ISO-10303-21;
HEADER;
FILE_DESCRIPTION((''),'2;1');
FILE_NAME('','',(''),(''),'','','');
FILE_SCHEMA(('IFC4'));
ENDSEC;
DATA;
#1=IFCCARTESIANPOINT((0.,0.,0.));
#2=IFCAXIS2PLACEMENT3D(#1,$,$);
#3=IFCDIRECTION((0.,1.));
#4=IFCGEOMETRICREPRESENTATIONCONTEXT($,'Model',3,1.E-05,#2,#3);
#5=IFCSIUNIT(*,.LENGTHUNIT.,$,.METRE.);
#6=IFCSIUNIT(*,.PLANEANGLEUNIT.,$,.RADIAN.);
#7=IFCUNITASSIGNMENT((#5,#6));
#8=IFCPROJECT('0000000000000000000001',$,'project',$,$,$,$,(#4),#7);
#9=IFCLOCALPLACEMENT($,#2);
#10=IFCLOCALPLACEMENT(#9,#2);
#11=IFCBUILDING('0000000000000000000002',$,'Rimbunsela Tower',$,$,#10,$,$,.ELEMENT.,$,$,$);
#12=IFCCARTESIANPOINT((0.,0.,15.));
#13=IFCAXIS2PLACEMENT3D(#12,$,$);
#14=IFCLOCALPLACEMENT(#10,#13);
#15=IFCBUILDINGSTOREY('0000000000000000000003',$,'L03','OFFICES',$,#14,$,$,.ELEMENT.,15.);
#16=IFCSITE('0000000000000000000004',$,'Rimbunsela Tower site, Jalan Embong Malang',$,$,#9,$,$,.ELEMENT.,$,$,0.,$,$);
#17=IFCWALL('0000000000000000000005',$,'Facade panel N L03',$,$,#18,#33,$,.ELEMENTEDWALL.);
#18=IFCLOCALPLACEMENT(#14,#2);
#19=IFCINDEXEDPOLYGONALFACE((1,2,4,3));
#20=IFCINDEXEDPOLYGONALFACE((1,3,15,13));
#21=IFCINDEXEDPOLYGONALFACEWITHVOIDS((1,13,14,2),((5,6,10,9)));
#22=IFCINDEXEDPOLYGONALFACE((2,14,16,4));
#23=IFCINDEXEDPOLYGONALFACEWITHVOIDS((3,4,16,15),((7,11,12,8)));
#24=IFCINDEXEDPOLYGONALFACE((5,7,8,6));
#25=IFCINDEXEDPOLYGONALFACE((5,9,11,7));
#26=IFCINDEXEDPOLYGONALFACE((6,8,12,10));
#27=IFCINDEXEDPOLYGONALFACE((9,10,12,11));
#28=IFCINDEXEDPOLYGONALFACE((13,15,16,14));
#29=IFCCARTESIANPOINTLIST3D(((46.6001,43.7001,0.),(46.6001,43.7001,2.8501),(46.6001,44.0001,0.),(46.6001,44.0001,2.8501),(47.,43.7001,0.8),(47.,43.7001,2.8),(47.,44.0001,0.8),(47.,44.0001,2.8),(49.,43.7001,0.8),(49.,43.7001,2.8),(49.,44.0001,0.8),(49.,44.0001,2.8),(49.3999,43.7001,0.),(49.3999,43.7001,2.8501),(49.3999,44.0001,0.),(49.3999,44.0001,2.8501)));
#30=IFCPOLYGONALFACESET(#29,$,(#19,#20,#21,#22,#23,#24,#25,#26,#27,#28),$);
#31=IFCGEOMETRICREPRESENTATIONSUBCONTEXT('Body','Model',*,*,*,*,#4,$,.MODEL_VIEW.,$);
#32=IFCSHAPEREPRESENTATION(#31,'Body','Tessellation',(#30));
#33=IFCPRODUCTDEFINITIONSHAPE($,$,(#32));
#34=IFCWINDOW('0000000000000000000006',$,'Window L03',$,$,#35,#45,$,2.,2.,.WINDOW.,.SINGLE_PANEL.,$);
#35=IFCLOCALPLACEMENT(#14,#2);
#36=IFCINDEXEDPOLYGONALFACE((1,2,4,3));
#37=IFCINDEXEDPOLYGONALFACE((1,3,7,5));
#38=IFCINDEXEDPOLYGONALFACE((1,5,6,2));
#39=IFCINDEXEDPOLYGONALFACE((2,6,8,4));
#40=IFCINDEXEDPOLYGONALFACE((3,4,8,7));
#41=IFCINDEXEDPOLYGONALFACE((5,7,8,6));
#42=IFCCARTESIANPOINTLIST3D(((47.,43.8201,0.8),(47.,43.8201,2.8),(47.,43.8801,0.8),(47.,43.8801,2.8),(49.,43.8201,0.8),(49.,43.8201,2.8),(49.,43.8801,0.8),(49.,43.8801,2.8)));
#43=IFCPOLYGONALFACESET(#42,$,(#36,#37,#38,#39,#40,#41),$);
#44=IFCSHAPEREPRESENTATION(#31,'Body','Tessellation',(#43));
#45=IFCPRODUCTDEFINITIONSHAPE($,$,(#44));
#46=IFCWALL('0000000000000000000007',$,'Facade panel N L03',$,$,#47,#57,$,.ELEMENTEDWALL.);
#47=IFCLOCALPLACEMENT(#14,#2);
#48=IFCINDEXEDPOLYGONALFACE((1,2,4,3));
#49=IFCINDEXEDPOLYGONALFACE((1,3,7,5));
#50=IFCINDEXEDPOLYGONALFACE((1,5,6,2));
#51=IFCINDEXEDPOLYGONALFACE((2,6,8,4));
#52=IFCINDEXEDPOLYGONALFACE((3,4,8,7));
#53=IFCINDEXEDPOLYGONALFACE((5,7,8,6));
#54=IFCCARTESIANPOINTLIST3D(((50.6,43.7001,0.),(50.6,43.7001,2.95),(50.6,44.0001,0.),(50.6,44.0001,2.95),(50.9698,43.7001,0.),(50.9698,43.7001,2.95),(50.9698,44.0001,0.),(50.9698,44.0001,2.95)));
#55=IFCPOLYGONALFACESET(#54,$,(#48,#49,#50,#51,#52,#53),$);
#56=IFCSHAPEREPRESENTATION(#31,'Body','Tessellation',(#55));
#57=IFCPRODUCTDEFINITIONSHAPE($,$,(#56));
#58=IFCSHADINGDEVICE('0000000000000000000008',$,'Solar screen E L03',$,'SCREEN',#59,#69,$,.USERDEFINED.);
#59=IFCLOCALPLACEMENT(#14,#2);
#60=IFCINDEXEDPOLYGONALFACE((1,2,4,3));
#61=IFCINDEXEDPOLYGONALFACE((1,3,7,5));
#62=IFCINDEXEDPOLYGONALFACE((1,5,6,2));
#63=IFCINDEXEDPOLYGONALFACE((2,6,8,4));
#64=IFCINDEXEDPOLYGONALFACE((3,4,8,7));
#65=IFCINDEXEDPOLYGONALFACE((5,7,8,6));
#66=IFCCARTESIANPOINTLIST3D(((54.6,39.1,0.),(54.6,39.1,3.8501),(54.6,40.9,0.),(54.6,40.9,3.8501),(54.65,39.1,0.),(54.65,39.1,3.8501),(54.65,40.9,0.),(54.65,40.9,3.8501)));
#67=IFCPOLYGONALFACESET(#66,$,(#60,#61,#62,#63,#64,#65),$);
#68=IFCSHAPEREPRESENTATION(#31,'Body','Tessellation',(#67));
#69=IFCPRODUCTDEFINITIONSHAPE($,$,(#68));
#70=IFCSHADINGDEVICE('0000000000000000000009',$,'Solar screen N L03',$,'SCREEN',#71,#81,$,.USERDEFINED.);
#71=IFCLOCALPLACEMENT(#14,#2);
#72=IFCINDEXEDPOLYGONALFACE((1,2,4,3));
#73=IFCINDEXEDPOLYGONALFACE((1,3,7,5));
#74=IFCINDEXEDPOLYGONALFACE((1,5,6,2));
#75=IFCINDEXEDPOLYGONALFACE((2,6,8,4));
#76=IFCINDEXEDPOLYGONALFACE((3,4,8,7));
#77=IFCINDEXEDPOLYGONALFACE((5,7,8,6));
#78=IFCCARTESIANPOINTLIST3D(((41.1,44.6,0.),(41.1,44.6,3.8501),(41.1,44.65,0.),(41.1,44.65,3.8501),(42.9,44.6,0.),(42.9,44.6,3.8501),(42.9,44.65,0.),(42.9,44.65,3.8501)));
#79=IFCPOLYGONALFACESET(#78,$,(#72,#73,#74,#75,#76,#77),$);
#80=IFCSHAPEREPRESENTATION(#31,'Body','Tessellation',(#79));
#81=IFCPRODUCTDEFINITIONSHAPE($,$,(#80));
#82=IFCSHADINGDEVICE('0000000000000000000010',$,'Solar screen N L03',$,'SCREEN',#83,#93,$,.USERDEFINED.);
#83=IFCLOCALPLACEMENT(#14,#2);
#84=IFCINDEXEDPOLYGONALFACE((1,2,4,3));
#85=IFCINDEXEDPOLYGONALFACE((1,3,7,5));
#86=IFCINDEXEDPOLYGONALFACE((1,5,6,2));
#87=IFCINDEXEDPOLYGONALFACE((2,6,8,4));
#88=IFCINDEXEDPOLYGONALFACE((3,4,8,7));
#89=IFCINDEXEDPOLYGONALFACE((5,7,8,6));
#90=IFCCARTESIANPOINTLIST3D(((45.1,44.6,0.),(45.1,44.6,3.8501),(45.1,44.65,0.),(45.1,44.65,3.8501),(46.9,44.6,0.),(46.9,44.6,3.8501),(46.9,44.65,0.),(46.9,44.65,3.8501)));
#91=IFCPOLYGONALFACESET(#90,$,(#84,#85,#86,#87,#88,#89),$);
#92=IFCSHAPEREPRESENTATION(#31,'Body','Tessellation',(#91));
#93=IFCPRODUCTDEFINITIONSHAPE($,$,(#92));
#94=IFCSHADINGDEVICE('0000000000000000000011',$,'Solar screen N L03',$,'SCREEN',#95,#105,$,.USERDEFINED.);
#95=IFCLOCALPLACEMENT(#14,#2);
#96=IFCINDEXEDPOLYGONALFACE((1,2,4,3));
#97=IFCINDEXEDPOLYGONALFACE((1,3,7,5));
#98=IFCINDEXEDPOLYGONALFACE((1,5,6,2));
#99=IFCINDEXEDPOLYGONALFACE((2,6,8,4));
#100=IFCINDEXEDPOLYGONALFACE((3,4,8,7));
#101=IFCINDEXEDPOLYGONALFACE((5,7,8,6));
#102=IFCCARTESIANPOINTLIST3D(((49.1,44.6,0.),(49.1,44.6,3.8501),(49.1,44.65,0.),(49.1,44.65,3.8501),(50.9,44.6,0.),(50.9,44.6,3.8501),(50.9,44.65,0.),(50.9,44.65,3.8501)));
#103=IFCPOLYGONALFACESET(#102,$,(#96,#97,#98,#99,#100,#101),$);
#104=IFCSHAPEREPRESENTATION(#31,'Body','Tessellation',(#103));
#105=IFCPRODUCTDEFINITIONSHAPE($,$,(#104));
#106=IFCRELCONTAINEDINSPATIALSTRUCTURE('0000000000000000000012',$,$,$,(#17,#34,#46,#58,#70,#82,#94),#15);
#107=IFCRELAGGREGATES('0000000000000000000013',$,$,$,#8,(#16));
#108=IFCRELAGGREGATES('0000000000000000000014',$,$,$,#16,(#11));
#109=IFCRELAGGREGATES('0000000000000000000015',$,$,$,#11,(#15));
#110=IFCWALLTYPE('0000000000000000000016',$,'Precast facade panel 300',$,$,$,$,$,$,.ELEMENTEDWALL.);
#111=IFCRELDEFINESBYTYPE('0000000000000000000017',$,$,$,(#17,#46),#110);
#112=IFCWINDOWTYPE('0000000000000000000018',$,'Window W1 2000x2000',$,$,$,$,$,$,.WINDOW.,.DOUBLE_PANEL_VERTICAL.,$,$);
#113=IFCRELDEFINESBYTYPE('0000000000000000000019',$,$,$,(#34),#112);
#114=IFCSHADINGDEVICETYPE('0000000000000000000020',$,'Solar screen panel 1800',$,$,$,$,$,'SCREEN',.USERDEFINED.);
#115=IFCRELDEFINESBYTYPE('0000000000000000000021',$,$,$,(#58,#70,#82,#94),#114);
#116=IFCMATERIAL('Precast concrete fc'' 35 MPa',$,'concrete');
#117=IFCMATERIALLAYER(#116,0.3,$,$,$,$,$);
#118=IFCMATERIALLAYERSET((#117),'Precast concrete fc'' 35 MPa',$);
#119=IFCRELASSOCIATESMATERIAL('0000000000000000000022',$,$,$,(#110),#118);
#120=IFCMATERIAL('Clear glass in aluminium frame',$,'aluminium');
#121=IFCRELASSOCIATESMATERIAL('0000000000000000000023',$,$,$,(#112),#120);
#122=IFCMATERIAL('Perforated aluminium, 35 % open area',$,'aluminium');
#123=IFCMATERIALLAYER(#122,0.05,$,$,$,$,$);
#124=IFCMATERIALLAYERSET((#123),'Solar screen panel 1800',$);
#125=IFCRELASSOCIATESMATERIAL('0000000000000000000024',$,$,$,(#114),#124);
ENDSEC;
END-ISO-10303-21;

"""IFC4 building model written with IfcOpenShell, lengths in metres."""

from ifc_helpers import new_model, si_unit, direction, frame, frame_2d, origin, origin_2d, place, context, subcontext, project, spatial, rectangle, extrude, material, layer, layer_set, type_object, element, fill, save


model = new_model("IFC4")

# Units and contexts
model_context = context("Model", 3, precision=1e-05, world=origin(), true_north=direction((0.0, 1.0)))
body_context = subcontext(model_context, "Body", "Model", "MODEL_VIEW")
ifc_project = project(units=[si_unit("LENGTHUNIT", "METRE"), si_unit("PLANEANGLEUNIT", "RADIAN")], contexts=[model_context])

# Site, building, storey
site_placement = place(None, origin())
site = spatial("IfcSite", under=ifc_project, at=site_placement, Name="Rimbunsela Tower site, Jalan Embong Malang", CompositionType="ELEMENT", RefElevation=0.0)
building_placement = place(site_placement, origin())
building = spatial("IfcBuilding", under=site, at=building_placement, Name="Rimbunsela Tower", CompositionType="ELEMENT")
storey_placement = place(building_placement, frame((0.0, 0.0, 15.0)))
storey = spatial("IfcBuildingStorey", under=building, at=storey_placement, Name="L03", Description="OFFICES", CompositionType="ELEMENT", Elevation=15.0)

# Shared definitions
ifc_material_1 = material(Name="Precast concrete fc' 35 MPa", Category="concrete")
ifc_layer_1 = layer(ifc_material_1, 0.3)
ifc_layer_set_1 = layer_set([ifc_layer_1], Name="Precast concrete fc' 35 MPa")
wall_type_1 = type_object("IfcWallType", Name="Precast facade panel 300", PredefinedType="ELEMENTEDWALL", material=ifc_layer_set_1)

# Wall, opening, window
ifc_material_2 = material(Name="Clear glass in aluminium frame", Category="aluminium")
window_type = type_object("IfcWindowType", Name="Window W1 2000x2000", PartitioningType="DOUBLE_PANEL_VERTICAL", PredefinedType="WINDOW", material=ifc_material_2)
wall_1_placement = place(storey_placement, frame((49.3999, 43.8501, 0.0), z_axis=(0.0, 0.0, 1.0), x_axis=(-1.0, 0.0, 0.0)))
wall_1 = element("IfcWall", 1, at=wall_1_placement, inside=storey, type_object=wall_type_1, Name="Facade panel N L03", PredefinedType="ELEMENTEDWALL", context=body_context, shape_type="SweptSolid", body=[
    extrude(rectangle(XDim=2.7998, YDim=0.3, at=frame_2d((1.3999, 0.0))), origin(), (0.0, 0.0, 1.0), 2.8501),
])
opening_1_placement = place(wall_1_placement, frame((0.3999, 0.0, 0.8)))
opening_1 = element("IfcOpeningElement", 2, at=opening_1_placement, cuts=wall_1, PredefinedType="OPENING", context=body_context, shape_type="SweptSolid", body=[
    extrude(rectangle(XDim=2.0, YDim=2.0, at=frame_2d((1.0, 1.0))), frame((0.0, 0.1599, 0.0), z_axis=(0.0, -1.0, 0.0), x_axis=(1.0, 0.0, 0.0)), (0.0, 0.0, 1.0), 0.3201),
])
window_1_placement = place(opening_1_placement, origin())
window_1 = element("IfcWindow", 3, at=window_1_placement, inside=storey, type_object=window_type, Name="Window L03", OverallHeight=2.0, OverallWidth=2.0, PartitioningType="SINGLE_PANEL", PredefinedType="WINDOW", context=body_context, shape_type="SweptSolid", body=[
    extrude(rectangle(XDim=2.0, YDim=2.0, at=frame_2d((1.0, 1.0))), frame((0.0, 0.03, 0.0), z_axis=(0.0, -1.0, 0.0), x_axis=(1.0, 0.0, 0.0)), (0.0, 0.0, 1.0), 0.0601),
])
fill(opening_1, window_1)

# Wall
wall_2_placement = place(storey_placement, frame((50.97, 43.8501, 0.0), z_axis=(0.0, 0.0, 1.0), x_axis=(-1.0, 0.0, 0.0)))
element("IfcWall", 4, at=wall_2_placement, inside=storey, type_object=wall_type_1, Name="Facade panel N L03", PredefinedType="ELEMENTEDWALL", context=body_context, shape_type="SweptSolid", body=[
    extrude(rectangle(XDim=0.3699, YDim=0.3, at=frame_2d((0.1851, 0.0))), origin(), (0.0, 0.0, 1.0), 2.95),
])

# Shading devices
ifc_material_3 = material(Name="Perforated aluminium, 35 % open area", Category="aluminium")
ifc_layer_2 = layer(ifc_material_3, 0.05)
ifc_layer_set_2 = layer_set([ifc_layer_2], Name="Solar screen panel 1800")
shading_device_type = type_object("IfcShadingDeviceType", Name="Solar screen panel 1800", ElementType="SCREEN", PredefinedType="USERDEFINED", material=ifc_layer_set_2)
for number, where, z_axis, x_axis, name in (
    (5, (54.625, 40.0, 0.0), (0.0, 0.0, 1.0), (0.0, 1.0, 0.0), "Solar screen E L03"),
    (6, (42.0, 44.625, 0.0), (0.0, 0.0, 1.0), (1.0, 0.0, 0.0), "Solar screen N L03"),
    (7, (46.0, 44.625, 0.0), (0.0, 0.0, 1.0), (1.0, 0.0, 0.0), "Solar screen N L03"),
    (8, (50.0, 44.625, 0.0), (0.0, 0.0, 1.0), (1.0, 0.0, 0.0), "Solar screen N L03"),
):
    element("IfcShadingDevice", number, at=place(storey_placement, frame(where, z_axis=z_axis, x_axis=x_axis)), inside=storey, type_object=shading_device_type, Name=name, ObjectType="SCREEN", PredefinedType="USERDEFINED", context=body_context, shape_type="SweptSolid", body=[
        extrude(rectangle(XDim=1.8, YDim=0.05, at=origin_2d()), origin(), (0.0, 0.0, 1.0), 3.8501),
    ])

save(model, "model.ifc")
